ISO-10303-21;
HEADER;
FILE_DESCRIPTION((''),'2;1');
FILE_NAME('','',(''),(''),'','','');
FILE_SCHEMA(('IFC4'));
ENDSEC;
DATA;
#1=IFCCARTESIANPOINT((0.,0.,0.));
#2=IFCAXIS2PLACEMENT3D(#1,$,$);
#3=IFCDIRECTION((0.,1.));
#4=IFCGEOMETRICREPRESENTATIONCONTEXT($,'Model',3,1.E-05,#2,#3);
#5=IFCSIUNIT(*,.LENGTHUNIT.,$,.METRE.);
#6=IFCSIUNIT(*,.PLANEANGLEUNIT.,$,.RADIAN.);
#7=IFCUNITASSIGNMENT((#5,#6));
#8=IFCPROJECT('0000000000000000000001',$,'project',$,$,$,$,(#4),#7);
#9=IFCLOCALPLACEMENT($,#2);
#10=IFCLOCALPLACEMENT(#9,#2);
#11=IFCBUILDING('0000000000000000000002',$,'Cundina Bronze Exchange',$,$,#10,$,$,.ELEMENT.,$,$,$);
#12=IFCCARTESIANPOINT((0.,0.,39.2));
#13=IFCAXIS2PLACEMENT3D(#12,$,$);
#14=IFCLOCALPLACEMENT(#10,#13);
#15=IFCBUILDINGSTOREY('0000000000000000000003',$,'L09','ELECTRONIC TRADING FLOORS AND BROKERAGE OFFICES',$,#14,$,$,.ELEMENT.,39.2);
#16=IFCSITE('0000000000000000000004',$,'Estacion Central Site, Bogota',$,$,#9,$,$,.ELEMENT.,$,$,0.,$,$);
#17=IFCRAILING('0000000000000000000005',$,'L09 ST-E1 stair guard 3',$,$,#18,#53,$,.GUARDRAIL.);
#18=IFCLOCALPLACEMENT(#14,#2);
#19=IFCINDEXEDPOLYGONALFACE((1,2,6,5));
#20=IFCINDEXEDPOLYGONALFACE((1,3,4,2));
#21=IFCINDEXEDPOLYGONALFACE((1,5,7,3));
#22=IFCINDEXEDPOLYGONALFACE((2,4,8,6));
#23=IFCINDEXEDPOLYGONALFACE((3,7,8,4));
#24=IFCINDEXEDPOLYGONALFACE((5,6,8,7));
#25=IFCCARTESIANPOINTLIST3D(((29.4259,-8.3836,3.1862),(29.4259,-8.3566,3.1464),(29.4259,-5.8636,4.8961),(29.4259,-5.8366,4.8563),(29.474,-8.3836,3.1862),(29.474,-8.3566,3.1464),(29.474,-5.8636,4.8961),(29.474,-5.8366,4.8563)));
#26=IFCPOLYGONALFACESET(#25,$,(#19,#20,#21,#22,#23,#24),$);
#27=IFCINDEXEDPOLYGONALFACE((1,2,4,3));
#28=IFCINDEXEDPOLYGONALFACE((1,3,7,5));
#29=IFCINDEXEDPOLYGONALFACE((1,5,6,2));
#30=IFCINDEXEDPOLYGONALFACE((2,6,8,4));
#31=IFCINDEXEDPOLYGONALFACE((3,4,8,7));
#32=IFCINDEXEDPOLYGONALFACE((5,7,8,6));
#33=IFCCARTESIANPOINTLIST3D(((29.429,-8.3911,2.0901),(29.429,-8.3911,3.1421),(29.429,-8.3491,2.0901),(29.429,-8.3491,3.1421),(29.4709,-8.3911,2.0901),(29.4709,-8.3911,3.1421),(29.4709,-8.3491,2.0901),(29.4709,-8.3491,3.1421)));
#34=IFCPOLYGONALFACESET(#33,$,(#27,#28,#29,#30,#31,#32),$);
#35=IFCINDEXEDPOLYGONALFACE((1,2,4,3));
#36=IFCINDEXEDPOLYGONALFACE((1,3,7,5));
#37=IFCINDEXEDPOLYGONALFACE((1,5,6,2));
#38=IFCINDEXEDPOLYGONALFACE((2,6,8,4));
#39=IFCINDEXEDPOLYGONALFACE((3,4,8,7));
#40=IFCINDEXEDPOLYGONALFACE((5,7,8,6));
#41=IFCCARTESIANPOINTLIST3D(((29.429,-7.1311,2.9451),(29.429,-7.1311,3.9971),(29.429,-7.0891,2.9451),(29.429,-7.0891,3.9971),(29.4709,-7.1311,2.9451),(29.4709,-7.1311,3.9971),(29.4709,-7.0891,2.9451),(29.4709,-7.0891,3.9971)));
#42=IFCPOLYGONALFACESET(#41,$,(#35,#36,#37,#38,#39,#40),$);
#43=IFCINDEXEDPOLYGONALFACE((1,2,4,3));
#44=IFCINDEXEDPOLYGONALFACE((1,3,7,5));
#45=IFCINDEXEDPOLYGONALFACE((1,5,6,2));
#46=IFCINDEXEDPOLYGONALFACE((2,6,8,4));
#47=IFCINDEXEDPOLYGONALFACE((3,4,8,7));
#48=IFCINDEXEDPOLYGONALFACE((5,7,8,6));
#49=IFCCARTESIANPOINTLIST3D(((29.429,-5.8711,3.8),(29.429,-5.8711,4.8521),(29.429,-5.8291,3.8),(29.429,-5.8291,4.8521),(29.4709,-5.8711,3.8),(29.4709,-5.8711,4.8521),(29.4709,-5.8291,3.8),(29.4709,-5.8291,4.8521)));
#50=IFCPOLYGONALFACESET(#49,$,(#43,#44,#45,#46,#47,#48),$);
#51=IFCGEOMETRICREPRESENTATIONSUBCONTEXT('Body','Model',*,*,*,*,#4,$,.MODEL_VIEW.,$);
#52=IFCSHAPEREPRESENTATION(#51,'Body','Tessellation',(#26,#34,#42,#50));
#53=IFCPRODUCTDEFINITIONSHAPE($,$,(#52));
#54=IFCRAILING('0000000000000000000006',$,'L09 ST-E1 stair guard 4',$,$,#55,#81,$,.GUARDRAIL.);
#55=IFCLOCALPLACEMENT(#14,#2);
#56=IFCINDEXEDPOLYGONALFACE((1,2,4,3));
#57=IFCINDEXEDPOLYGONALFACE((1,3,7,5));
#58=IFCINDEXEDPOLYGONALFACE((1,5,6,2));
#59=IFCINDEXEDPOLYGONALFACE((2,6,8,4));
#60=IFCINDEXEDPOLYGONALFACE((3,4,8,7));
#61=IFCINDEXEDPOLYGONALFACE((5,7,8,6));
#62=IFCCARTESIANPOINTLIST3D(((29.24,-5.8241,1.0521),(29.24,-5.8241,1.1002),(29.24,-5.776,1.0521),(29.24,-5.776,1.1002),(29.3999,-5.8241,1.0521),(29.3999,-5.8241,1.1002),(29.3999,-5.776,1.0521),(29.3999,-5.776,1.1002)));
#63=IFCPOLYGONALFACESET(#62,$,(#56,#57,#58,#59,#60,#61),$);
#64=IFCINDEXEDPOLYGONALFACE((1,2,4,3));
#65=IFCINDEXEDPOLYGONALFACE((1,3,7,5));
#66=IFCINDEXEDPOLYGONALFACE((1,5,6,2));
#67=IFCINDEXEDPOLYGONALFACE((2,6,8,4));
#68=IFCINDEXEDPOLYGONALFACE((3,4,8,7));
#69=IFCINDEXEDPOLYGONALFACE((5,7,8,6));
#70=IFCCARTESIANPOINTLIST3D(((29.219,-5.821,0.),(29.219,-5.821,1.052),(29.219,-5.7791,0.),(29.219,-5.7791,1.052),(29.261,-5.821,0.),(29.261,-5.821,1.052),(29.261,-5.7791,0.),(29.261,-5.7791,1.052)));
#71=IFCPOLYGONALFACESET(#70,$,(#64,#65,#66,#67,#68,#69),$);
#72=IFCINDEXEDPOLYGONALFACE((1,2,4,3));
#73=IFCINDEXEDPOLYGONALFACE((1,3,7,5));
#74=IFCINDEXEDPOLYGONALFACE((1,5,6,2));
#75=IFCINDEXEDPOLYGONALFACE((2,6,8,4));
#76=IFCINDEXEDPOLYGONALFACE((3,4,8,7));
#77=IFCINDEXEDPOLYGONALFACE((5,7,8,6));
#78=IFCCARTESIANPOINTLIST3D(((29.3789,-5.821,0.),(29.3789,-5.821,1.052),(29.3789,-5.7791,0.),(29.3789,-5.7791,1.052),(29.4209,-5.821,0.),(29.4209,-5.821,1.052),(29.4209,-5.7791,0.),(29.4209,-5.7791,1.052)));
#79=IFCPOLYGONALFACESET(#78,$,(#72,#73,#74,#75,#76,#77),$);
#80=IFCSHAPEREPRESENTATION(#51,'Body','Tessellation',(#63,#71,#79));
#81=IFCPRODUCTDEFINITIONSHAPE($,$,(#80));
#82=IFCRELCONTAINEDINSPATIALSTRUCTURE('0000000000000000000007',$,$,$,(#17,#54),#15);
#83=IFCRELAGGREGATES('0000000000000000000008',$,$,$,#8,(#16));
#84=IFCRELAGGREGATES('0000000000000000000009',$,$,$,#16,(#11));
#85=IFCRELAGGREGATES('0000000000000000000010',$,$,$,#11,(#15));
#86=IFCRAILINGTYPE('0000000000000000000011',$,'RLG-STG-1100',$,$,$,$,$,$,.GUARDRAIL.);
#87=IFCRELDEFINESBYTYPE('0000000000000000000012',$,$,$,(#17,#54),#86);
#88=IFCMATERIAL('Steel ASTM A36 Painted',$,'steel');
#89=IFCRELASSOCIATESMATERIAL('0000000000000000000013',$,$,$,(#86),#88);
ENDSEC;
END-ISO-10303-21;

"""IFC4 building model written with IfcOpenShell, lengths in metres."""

from ifc_helpers import new_model, si_unit, direction, frame, origin, origin_2d, place, context, subcontext, project, spatial, rectangle, extrude, material, type_object, element, save


model = new_model("IFC4")

# Units and contexts
model_context = context("Model", 3, precision=1e-05, world=origin(), true_north=direction((0.0, 1.0)))
body_context = subcontext(model_context, "Body", "Model", "MODEL_VIEW")
ifc_project = project(units=[si_unit("LENGTHUNIT", "METRE"), si_unit("PLANEANGLEUNIT", "RADIAN")], contexts=[model_context])

# Site, building, storey
site_placement = place(None, origin())
site = spatial("IfcSite", under=ifc_project, at=site_placement, Name="Estacion Central Site, Bogota", CompositionType="ELEMENT", RefElevation=0.0)
building_placement = place(site_placement, origin())
building = spatial("IfcBuilding", under=site, at=building_placement, Name="Cundina Bronze Exchange", CompositionType="ELEMENT")
storey_placement = place(building_placement, frame((0.0, 0.0, 39.2)))
storey = spatial("IfcBuildingStorey", under=building, at=storey_placement, Name="L09", Description="ELECTRONIC TRADING FLOORS AND BROKERAGE OFFICES", CompositionType="ELEMENT", Elevation=39.2)

# Railings
ifc_material_1 = material(Name="Steel ASTM A36 Painted", Category="steel")
railing_type_1 = type_object("IfcRailingType", Name="RLG-STG-1100", PredefinedType="GUARDRAIL", material=ifc_material_1)
railing_1_placement = place(storey_placement, frame((29.45, -8.3701, 2.0901)))
element("IfcRailing", 1, at=railing_1_placement, inside=storey, type_object=railing_type_1, Name="L09 ST-E1 stair guard 3", PredefinedType="GUARDRAIL", context=body_context, shape_type="SweptSolid", body=[
    extrude(rectangle(XDim=0.0481, YDim=0.0481, at=origin_2d()), frame((0.0, 0.0, 1.0762), z_axis=(0.0, 0.827484, 0.56149), x_axis=(-1.0, 0.0, 0.0)), (0.0, 0.0, 1.0), 3.0454),
    extrude(rectangle(XDim=0.042, YDim=0.042, at=origin_2d()), origin(), (0.0, 0.0, 1.0), 1.052),
    extrude(rectangle(XDim=0.042, YDim=0.042, at=origin_2d()), frame((0.0, 1.26, 0.855)), (0.0, 0.0, 1.0), 1.052),
    extrude(rectangle(XDim=0.042, YDim=0.042, at=origin_2d()), frame((0.0, 2.52, 1.71)), (0.0, 0.0, 1.0), 1.052),
])
railing_2_placement = place(storey_placement, frame((29.24, -5.8, 0.0)))
element("IfcRailing", 2, at=railing_2_placement, inside=storey, type_object=railing_type_1, Name="L09 ST-E1 stair guard 4", PredefinedType="GUARDRAIL", context=body_context, shape_type="SweptSolid", body=[
    extrude(rectangle(XDim=0.0481, YDim=0.0481, at=origin_2d()), frame((0.0, 0.0, 1.0762), z_axis=(1.0, 0.0, 0.0), x_axis=(0.0, 1.0, 0.0)), (0.0, 0.0, 1.0), 0.1599),
    extrude(rectangle(XDim=0.042, YDim=0.042, at=origin_2d()), origin(), (0.0, 0.0, 1.0), 1.052),
    extrude(rectangle(XDim=0.042, YDim=0.042, at=origin_2d()), frame((0.1599, 0.0, 0.0)), (0.0, 0.0, 1.0), 1.052),
])

save(model, "model.ifc")
